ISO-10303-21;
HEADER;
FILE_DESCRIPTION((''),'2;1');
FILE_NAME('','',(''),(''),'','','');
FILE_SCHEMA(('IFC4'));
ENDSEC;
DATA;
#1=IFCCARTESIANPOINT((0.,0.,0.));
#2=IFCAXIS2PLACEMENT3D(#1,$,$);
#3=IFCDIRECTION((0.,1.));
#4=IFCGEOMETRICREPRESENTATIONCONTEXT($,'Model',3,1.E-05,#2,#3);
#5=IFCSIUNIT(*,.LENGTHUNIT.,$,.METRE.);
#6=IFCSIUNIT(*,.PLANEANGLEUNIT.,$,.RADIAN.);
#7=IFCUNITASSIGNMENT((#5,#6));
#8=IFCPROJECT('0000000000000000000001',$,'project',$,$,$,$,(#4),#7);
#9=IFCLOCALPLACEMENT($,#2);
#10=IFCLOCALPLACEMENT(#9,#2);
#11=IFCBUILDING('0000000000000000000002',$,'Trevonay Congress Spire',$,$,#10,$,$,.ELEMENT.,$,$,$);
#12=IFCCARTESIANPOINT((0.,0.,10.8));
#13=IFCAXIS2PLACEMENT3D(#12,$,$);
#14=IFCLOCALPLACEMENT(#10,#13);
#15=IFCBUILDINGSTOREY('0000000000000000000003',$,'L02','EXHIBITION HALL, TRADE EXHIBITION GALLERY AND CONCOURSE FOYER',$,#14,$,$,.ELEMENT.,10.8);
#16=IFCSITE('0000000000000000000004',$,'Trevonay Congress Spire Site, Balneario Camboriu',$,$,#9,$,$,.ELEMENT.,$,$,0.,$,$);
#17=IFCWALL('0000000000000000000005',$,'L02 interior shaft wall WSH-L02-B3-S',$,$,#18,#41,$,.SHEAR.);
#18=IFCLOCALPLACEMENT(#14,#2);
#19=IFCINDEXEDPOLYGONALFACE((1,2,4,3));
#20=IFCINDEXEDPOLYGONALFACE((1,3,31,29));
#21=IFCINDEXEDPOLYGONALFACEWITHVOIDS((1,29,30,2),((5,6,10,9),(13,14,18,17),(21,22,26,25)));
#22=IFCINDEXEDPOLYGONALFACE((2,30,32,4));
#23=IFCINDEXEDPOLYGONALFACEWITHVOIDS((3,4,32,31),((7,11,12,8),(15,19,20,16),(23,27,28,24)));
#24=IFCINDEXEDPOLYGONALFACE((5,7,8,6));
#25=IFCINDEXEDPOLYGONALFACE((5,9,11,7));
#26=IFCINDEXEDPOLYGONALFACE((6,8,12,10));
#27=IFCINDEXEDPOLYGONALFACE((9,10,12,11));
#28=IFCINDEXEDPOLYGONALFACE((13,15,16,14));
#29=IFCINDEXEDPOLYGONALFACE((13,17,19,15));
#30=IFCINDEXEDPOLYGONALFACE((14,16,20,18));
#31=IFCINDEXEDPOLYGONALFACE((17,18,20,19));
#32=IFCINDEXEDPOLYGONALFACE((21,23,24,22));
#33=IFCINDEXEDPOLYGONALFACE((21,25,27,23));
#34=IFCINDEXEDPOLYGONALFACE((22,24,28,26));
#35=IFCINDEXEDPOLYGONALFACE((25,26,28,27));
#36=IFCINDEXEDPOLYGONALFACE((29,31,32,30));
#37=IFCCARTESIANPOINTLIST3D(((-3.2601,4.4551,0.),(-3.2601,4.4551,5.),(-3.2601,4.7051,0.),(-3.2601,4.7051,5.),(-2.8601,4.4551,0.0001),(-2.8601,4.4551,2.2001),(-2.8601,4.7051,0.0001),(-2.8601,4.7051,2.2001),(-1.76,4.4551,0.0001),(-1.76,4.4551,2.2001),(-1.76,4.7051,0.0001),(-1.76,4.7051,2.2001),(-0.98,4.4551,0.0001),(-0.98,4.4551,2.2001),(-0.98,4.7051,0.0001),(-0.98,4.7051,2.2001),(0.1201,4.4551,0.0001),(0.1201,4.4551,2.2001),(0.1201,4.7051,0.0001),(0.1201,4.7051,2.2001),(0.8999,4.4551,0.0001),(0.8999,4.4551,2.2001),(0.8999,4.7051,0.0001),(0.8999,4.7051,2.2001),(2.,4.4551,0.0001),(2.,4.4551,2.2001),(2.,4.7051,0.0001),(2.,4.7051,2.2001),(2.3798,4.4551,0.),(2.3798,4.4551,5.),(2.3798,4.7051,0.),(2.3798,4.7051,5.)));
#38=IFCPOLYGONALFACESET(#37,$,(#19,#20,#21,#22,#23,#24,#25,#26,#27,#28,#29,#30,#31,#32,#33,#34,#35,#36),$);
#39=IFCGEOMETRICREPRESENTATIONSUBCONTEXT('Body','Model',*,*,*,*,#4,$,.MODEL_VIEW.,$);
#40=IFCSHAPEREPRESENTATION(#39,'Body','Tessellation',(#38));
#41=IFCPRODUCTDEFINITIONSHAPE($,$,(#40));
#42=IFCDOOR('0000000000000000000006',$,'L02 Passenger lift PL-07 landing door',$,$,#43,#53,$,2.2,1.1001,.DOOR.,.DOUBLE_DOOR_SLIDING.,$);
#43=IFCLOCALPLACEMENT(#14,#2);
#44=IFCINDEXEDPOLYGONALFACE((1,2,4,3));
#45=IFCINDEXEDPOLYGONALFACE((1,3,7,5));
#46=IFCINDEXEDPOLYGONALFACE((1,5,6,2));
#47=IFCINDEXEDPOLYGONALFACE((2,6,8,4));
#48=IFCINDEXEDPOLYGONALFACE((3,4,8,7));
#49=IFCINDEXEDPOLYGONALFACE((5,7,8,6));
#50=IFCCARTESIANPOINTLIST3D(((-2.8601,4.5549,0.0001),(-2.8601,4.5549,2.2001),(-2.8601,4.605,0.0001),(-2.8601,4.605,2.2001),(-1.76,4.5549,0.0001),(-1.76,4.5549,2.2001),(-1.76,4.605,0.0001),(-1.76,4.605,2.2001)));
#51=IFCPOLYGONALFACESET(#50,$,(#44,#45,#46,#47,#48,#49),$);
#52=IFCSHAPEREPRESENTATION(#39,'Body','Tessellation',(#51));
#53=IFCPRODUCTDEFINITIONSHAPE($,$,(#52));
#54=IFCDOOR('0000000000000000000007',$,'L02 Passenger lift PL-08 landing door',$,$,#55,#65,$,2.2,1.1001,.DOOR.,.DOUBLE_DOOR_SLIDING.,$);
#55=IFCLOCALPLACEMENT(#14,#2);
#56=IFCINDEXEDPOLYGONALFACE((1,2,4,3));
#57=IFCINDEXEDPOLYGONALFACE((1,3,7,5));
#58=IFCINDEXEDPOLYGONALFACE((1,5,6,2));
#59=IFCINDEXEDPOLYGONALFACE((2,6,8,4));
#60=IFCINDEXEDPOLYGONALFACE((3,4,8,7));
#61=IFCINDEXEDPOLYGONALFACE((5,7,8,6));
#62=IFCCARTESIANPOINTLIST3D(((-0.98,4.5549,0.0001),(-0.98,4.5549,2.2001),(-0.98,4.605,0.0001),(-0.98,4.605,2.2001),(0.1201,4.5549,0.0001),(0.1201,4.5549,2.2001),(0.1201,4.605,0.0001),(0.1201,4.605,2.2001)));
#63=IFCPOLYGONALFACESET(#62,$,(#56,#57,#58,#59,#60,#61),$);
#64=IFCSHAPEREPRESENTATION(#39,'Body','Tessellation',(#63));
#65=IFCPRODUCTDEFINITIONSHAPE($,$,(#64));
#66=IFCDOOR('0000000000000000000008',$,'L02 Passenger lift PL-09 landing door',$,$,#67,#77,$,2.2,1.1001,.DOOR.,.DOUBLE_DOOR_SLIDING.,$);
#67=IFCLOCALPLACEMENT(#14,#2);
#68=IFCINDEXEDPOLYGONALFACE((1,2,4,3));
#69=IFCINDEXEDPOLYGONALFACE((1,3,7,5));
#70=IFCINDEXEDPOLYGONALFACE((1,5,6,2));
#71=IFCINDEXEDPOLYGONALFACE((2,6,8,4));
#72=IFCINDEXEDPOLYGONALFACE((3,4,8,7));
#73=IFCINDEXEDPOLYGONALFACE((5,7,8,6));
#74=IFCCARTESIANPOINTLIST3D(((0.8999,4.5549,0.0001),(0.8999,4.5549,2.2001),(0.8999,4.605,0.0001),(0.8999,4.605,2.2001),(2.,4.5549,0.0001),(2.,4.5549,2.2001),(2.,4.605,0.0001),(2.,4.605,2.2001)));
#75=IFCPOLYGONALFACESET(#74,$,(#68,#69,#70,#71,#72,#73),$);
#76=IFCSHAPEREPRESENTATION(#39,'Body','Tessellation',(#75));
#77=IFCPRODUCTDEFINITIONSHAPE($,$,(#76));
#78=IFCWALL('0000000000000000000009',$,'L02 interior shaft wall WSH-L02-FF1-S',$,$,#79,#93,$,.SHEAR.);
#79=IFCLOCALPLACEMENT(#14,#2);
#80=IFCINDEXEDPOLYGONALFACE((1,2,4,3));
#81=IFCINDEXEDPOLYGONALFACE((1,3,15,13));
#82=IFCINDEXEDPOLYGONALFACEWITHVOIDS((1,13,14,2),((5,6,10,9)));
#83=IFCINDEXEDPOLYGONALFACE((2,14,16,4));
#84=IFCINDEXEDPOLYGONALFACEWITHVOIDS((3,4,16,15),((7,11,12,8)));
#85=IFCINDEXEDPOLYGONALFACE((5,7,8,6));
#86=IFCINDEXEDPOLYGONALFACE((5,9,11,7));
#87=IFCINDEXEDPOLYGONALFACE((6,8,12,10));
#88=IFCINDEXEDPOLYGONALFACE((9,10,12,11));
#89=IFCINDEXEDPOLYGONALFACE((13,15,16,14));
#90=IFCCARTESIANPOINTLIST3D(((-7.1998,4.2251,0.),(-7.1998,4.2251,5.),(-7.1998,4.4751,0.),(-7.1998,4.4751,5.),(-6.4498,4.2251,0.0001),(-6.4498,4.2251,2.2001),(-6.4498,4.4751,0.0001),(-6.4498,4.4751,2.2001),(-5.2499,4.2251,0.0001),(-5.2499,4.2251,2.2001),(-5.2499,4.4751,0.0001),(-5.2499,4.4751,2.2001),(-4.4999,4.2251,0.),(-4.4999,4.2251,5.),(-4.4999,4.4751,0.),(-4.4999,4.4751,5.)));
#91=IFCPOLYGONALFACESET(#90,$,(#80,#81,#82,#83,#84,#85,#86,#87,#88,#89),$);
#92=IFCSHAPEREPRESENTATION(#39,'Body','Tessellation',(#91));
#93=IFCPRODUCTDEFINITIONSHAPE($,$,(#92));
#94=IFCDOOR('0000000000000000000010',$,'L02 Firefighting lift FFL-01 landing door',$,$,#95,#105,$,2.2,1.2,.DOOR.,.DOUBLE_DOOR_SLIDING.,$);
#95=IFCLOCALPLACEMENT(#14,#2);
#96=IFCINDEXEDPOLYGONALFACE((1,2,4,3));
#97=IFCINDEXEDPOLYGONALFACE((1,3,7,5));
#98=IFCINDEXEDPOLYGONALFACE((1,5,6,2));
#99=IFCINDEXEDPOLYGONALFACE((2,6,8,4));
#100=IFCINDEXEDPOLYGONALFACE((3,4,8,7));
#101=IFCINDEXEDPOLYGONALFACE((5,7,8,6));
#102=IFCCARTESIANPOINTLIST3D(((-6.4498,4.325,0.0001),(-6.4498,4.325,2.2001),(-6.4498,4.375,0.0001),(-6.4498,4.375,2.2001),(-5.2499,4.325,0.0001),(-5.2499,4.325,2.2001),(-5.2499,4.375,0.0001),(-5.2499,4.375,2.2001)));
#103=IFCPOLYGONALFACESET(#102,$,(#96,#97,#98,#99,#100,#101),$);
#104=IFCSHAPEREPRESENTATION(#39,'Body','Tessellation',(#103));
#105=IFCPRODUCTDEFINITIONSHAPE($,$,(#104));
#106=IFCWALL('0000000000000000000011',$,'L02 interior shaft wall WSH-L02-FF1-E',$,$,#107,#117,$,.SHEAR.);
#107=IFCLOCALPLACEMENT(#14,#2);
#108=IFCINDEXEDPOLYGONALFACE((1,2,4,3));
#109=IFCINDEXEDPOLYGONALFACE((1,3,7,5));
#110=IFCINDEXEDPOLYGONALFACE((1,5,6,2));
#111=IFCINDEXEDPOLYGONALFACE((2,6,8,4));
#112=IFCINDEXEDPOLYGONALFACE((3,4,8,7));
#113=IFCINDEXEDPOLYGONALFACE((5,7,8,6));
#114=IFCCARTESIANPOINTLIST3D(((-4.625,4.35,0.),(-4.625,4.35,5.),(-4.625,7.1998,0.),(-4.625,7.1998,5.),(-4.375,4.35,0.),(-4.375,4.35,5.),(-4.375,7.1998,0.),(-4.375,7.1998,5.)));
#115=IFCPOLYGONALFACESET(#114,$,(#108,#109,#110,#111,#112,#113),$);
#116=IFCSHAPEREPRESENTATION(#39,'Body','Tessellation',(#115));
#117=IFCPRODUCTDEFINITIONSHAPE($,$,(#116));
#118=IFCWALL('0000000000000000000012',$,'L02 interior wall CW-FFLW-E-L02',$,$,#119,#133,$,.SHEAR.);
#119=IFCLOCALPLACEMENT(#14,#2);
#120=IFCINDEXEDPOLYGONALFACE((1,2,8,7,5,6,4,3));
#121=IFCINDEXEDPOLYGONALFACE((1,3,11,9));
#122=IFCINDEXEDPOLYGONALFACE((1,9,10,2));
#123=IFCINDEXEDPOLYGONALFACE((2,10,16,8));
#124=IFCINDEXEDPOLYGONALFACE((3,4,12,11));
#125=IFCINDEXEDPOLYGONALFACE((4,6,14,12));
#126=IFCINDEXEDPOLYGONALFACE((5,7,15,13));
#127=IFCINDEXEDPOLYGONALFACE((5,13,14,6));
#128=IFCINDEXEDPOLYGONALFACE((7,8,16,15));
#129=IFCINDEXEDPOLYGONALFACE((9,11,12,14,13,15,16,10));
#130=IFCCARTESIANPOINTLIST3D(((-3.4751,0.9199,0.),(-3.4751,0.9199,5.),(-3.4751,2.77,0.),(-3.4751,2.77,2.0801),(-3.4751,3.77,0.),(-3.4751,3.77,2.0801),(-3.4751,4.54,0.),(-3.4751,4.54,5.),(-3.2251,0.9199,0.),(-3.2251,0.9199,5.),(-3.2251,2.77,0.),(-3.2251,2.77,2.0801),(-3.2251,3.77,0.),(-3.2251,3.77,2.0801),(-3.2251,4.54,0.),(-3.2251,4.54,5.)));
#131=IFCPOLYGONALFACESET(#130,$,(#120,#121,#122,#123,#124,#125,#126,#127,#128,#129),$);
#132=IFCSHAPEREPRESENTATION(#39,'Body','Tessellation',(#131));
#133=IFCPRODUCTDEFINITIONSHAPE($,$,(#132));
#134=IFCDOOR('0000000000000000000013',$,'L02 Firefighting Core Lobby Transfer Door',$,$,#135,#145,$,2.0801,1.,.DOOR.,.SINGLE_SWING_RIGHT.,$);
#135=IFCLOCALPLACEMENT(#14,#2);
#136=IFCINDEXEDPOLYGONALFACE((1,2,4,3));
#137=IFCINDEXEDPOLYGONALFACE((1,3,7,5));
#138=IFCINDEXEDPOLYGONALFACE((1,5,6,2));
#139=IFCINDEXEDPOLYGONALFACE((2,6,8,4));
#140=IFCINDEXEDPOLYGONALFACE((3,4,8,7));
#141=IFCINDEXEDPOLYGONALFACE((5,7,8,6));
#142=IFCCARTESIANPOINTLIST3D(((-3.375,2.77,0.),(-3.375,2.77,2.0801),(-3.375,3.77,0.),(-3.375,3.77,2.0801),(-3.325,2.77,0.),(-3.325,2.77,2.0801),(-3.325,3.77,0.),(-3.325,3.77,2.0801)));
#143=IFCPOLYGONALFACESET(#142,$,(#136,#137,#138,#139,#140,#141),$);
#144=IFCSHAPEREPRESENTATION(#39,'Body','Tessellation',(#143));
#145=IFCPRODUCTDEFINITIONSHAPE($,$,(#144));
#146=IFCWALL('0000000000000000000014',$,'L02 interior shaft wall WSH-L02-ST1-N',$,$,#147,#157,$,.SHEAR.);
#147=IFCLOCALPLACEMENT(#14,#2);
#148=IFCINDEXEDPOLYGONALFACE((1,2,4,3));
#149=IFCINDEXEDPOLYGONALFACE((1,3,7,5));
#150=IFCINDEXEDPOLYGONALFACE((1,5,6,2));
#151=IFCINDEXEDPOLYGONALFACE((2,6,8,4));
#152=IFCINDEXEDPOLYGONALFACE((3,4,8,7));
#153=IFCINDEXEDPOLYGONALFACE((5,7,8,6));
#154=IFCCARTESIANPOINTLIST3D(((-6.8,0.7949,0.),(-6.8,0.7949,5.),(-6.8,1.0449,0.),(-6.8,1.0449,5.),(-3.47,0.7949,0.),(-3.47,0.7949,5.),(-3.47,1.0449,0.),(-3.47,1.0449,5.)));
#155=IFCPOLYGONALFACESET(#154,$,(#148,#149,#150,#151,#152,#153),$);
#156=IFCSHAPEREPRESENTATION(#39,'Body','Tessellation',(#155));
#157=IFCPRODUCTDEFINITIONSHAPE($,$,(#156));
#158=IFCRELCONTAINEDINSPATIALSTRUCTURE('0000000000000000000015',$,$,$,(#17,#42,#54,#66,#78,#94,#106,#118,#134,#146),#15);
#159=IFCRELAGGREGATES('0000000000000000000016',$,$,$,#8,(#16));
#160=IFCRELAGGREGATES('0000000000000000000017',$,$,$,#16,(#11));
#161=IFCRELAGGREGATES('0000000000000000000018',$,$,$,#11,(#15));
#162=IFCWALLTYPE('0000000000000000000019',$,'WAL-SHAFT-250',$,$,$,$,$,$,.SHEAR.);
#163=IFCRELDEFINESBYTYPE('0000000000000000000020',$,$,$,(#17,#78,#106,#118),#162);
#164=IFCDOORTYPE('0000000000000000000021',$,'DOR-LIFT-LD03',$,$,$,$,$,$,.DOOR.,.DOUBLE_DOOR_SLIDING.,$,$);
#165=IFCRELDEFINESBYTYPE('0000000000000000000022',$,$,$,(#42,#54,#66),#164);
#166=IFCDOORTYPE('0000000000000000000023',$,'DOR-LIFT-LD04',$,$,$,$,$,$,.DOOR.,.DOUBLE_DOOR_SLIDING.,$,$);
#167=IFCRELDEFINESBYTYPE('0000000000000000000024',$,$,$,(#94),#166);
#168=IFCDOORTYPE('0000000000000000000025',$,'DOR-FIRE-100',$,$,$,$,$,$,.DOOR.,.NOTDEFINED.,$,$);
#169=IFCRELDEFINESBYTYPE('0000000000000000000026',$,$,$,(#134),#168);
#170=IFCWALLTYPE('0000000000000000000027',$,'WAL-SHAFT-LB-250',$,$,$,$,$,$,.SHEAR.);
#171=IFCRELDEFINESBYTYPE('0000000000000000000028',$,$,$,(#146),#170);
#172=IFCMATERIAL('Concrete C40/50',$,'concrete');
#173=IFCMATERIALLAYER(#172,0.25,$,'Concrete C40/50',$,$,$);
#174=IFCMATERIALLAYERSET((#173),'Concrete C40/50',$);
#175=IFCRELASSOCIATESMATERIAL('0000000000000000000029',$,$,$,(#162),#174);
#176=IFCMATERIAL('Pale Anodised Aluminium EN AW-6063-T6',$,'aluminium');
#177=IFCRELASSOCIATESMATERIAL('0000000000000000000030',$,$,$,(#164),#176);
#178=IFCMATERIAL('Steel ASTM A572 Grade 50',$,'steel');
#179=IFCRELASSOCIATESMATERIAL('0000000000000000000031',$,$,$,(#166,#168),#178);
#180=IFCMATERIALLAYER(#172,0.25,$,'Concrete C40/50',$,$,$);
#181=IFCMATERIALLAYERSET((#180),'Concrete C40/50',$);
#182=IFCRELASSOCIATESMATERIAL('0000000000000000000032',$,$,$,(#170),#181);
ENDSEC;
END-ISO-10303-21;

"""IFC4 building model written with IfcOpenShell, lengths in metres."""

from ifc_helpers import new_model, si_unit, direction, frame, frame_2d, origin, place, context, subcontext, project, spatial, rectangle, extrude, material, layer, layer_set, type_object, element, fill, save


model = new_model("IFC4")

# Units and contexts
model_context = context("Model", 3, precision=1e-05, world=origin(), true_north=direction((0.0, 1.0)))
body_context = subcontext(model_context, "Body", "Model", "MODEL_VIEW")
ifc_project = project(units=[si_unit("LENGTHUNIT", "METRE"), si_unit("PLANEANGLEUNIT", "RADIAN")], contexts=[model_context])

# Site, building, storey
site_placement = place(None, origin())
site = spatial("IfcSite", under=ifc_project, at=site_placement, Name="Trevonay Congress Spire Site, Balneario Camboriu", CompositionType="ELEMENT", RefElevation=0.0)
building_placement = place(site_placement, origin())
building = spatial("IfcBuilding", under=site, at=building_placement, Name="Trevonay Congress Spire", CompositionType="ELEMENT")
storey_placement = place(building_placement, frame((0.0, 0.0, 10.8)))
storey = spatial("IfcBuildingStorey", under=building, at=storey_placement, Name="L02", Description="EXHIBITION HALL, TRADE EXHIBITION GALLERY AND CONCOURSE FOYER", CompositionType="ELEMENT", Elevation=10.8)

# Shared definitions
ifc_material_1 = material(Name="Steel ASTM A572 Grade 50", Category="steel")

# Wall, openings, doors
ifc_material_2 = material(Name="Concrete C40/50", Category="concrete")
ifc_layer_1 = layer(ifc_material_2, 0.25, Name="Concrete C40/50")
ifc_layer_set_1 = layer_set([ifc_layer_1], Name="Concrete C40/50")
wall_type_1 = type_object("IfcWallType", Name="WAL-SHAFT-250", PredefinedType="SHEAR", material=ifc_layer_set_1)
ifc_material_3 = material(Name="Pale Anodised Aluminium EN AW-6063-T6", Category="aluminium")
wall_1_placement = place(storey_placement, frame((-3.26, 4.5801, 0.0), z_axis=(0.0, 0.0, 1.0), x_axis=(1.0, 0.0, 0.0)))
wall_1 = element("IfcWall", 1, at=wall_1_placement, inside=storey, type_object=wall_type_1, Name="L02 interior shaft wall WSH-L02-B3-S", PredefinedType="SHEAR", context=body_context, shape_type="SweptSolid", body=[
    extrude(rectangle(XDim=5.6399, YDim=0.25, at=frame_2d((2.8198, 0.0))), origin(), (0.0, 0.0, 1.0), 5.0),
])
opening_1_placement = place(wall_1_placement, frame((0.3999, 0.0, 0.0)))
opening_1 = element("IfcOpeningElement", 2, at=opening_1_placement, cuts=wall_1, PredefinedType="OPENING", context=body_context, shape_type="SweptSolid", body=[
    extrude(rectangle(XDim=1.1001, YDim=2.2, at=frame_2d((0.55, 1.1001))), frame((0.0, 0.135, 0.0), z_axis=(0.0, -1.0, 0.0), x_axis=(1.0, 0.0, 0.0)), (0.0, 0.0, 1.0), 0.27),
])
opening_2_placement = place(wall_1_placement, frame((2.28, 0.0, 0.0)))
opening_2 = element("IfcOpeningElement", 3, at=opening_2_placement, cuts=wall_1, PredefinedType="OPENING", context=body_context, shape_type="SweptSolid", body=[
    extrude(rectangle(XDim=1.1001, YDim=2.2, at=frame_2d((0.55, 1.1001))), frame((0.0, 0.135, 0.0), z_axis=(0.0, -1.0, 0.0), x_axis=(1.0, 0.0, 0.0)), (0.0, 0.0, 1.0), 0.27),
])
opening_3_placement = place(wall_1_placement, frame((4.1599, 0.0, 0.0)))
opening_3 = element("IfcOpeningElement", 4, at=opening_3_placement, cuts=wall_1, PredefinedType="OPENING", context=body_context, shape_type="SweptSolid", body=[
    extrude(rectangle(XDim=1.1001, YDim=2.2, at=frame_2d((0.55, 1.1001))), frame((0.0, 0.135, 0.0), z_axis=(0.0, -1.0, 0.0), x_axis=(1.0, 0.0, 0.0)), (0.0, 0.0, 1.0), 0.27),
])
door_type_1 = type_object("IfcDoorType", Name="DOR-LIFT-LD03", OperationType="DOUBLE_DOOR_SLIDING", PredefinedType="DOOR", material=ifc_material_3)
door_1_placement = place(opening_1_placement, origin())
door_1 = element("IfcDoor", 5, at=door_1_placement, inside=storey, type_object=door_type_1, Name="L02 Passenger lift PL-07 landing door", OperationType="DOUBLE_DOOR_SLIDING", OverallHeight=2.2, OverallWidth=1.1001, PredefinedType="DOOR", context=body_context, shape_type="SweptSolid", body=[
    extrude(rectangle(XDim=1.1001, YDim=2.2, at=frame_2d((0.55, 1.1001))), frame((0.0, 0.0249, 0.0), z_axis=(0.0, -1.0, 0.0), x_axis=(1.0, 0.0, 0.0)), (0.0, 0.0, 1.0), 0.05),
])
fill(opening_1, door_1)
door_2_placement = place(opening_2_placement, origin())
door_2 = element("IfcDoor", 6, at=door_2_placement, inside=storey, type_object=door_type_1, Name="L02 Passenger lift PL-08 landing door", OperationType="DOUBLE_DOOR_SLIDING", OverallHeight=2.2, OverallWidth=1.1001, PredefinedType="DOOR", context=body_context, shape_type="SweptSolid", body=[
    extrude(rectangle(XDim=1.1001, YDim=2.2, at=frame_2d((0.55, 1.1001))), frame((0.0, 0.0249, 0.0), z_axis=(0.0, -1.0, 0.0), x_axis=(1.0, 0.0, 0.0)), (0.0, 0.0, 1.0), 0.05),
])
fill(opening_2, door_2)
door_3_placement = place(opening_3_placement, origin())
door_3 = element("IfcDoor", 7, at=door_3_placement, inside=storey, type_object=door_type_1, Name="L02 Passenger lift PL-09 landing door", OperationType="DOUBLE_DOOR_SLIDING", OverallHeight=2.2, OverallWidth=1.1001, PredefinedType="DOOR", context=body_context, shape_type="SweptSolid", body=[
    extrude(rectangle(XDim=1.1001, YDim=2.2, at=frame_2d((0.55, 1.1001))), frame((0.0, 0.0249, 0.0), z_axis=(0.0, -1.0, 0.0), x_axis=(1.0, 0.0, 0.0)), (0.0, 0.0, 1.0), 0.05),
])
fill(opening_3, door_3)

# Wall, opening, door
wall_2_placement = place(storey_placement, frame((-7.2, 4.3501, 0.0), z_axis=(0.0, 0.0, 1.0), x_axis=(1.0, 0.0, 0.0)))
wall_2 = element("IfcWall", 8, at=wall_2_placement, inside=storey, type_object=wall_type_1, Name="L02 interior shaft wall WSH-L02-FF1-S", PredefinedType="SHEAR", context=body_context, shape_type="SweptSolid", body=[
    extrude(rectangle(XDim=2.7, YDim=0.25, at=frame_2d((1.3501, 0.0))), origin(), (0.0, 0.0, 1.0), 5.0),
])
opening_4_placement = place(wall_2_placement, frame((0.75, 0.0, 0.0)))
opening_4 = element("IfcOpeningElement", 9, at=opening_4_placement, cuts=wall_2, PredefinedType="OPENING", context=body_context, shape_type="SweptSolid", body=[
    extrude(rectangle(XDim=1.2, YDim=2.2, at=frame_2d((0.6001, 1.1001))), frame((0.0, 0.135, 0.0), z_axis=(0.0, -1.0, 0.0), x_axis=(1.0, 0.0, 0.0)), (0.0, 0.0, 1.0), 0.27),
])
door_type_2 = type_object("IfcDoorType", Name="DOR-LIFT-LD04", OperationType="DOUBLE_DOOR_SLIDING", PredefinedType="DOOR", material=ifc_material_1)
door_4_placement = place(opening_4_placement, origin())
door_4 = element("IfcDoor", 10, at=door_4_placement, inside=storey, type_object=door_type_2, Name="L02 Firefighting lift FFL-01 landing door", OperationType="DOUBLE_DOOR_SLIDING", OverallHeight=2.2, OverallWidth=1.2, PredefinedType="DOOR", context=body_context, shape_type="SweptSolid", body=[
    extrude(rectangle(XDim=1.2, YDim=2.2, at=frame_2d((0.6001, 1.1001))), frame((0.0, 0.0249, 0.0), z_axis=(0.0, -1.0, 0.0), x_axis=(1.0, 0.0, 0.0)), (0.0, 0.0, 1.0), 0.05),
])
fill(opening_4, door_4)

# Wall
wall_3_placement = place(storey_placement, frame((-4.5, 4.3501, 0.0), z_axis=(0.0, 0.0, 1.0), x_axis=(0.0, 1.0, 0.0)))
element("IfcWall", 11, at=wall_3_placement, inside=storey, type_object=wall_type_1, Name="L02 interior shaft wall WSH-L02-FF1-E", PredefinedType="SHEAR", context=body_context, shape_type="SweptSolid", body=[
    extrude(rectangle(XDim=2.8499, YDim=0.25, at=frame_2d((1.4248, 0.0))), origin(), (0.0, 0.0, 1.0), 5.0),
])

# Wall, opening, door
wall_4_placement = place(storey_placement, frame((-3.3501, 0.9199, 0.0), z_axis=(0.0, 0.0, 1.0), x_axis=(0.0, 1.0, 0.0)))
wall_4 = element("IfcWall", 12, at=wall_4_placement, inside=storey, type_object=wall_type_1, Name="L02 interior wall CW-FFLW-E-L02", PredefinedType="SHEAR", context=body_context, shape_type="SweptSolid", body=[
    extrude(rectangle(XDim=3.6201, YDim=0.25, at=frame_2d((1.8101, 0.0))), origin(), (0.0, 0.0, 1.0), 5.0),
])
opening_5_placement = place(wall_4_placement, frame((1.8501, 0.0, 0.0)))
opening_5 = element("IfcOpeningElement", 13, at=opening_5_placement, cuts=wall_4, PredefinedType="OPENING", context=body_context, shape_type="SweptSolid", body=[
    extrude(rectangle(XDim=1.0, YDim=2.0801, at=frame_2d((0.5, 1.04))), frame((0.0, 0.135, 0.0), z_axis=(0.0, -1.0, 0.0), x_axis=(1.0, 0.0, 0.0)), (0.0, 0.0, 1.0), 0.27),
])
door_type_3 = type_object("IfcDoorType", Name="DOR-FIRE-100", OperationType="NOTDEFINED", PredefinedType="DOOR", material=ifc_material_1)
door_5_placement = place(opening_5_placement, origin())
door_5 = element("IfcDoor", 14, at=door_5_placement, inside=storey, type_object=door_type_3, Name="L02 Firefighting Core Lobby Transfer Door", OperationType="SINGLE_SWING_RIGHT", OverallHeight=2.0801, OverallWidth=1.0, PredefinedType="DOOR", context=body_context, shape_type="SweptSolid", body=[
    extrude(rectangle(XDim=1.0, YDim=2.0801, at=frame_2d((0.5, 1.04))), frame((0.0, 0.0249, 0.0), z_axis=(0.0, -1.0, 0.0), x_axis=(1.0, 0.0, 0.0)), (0.0, 0.0, 1.0), 0.05),
])
fill(opening_5, door_5)

# Wall
ifc_layer_2 = layer(ifc_material_2, 0.25, Name="Concrete C40/50")
ifc_layer_set_2 = layer_set([ifc_layer_2], Name="Concrete C40/50")
wall_type_2 = type_object("IfcWallType", Name="WAL-SHAFT-LB-250", PredefinedType="SHEAR", material=ifc_layer_set_2)
wall_5_placement = place(storey_placement, frame((-6.8, 0.9199, 0.0), z_axis=(0.0, 0.0, 1.0), x_axis=(1.0, 0.0, 0.0)))
element("IfcWall", 15, at=wall_5_placement, inside=storey, type_object=wall_type_2, Name="L02 interior shaft wall WSH-L02-ST1-N", PredefinedType="SHEAR", context=body_context, shape_type="SweptSolid", body=[
    extrude(rectangle(XDim=3.3301, YDim=0.25, at=frame_2d((1.665, 0.0))), origin(), (0.0, 0.0, 1.0), 5.0),
])

save(model, "model.ifc")
